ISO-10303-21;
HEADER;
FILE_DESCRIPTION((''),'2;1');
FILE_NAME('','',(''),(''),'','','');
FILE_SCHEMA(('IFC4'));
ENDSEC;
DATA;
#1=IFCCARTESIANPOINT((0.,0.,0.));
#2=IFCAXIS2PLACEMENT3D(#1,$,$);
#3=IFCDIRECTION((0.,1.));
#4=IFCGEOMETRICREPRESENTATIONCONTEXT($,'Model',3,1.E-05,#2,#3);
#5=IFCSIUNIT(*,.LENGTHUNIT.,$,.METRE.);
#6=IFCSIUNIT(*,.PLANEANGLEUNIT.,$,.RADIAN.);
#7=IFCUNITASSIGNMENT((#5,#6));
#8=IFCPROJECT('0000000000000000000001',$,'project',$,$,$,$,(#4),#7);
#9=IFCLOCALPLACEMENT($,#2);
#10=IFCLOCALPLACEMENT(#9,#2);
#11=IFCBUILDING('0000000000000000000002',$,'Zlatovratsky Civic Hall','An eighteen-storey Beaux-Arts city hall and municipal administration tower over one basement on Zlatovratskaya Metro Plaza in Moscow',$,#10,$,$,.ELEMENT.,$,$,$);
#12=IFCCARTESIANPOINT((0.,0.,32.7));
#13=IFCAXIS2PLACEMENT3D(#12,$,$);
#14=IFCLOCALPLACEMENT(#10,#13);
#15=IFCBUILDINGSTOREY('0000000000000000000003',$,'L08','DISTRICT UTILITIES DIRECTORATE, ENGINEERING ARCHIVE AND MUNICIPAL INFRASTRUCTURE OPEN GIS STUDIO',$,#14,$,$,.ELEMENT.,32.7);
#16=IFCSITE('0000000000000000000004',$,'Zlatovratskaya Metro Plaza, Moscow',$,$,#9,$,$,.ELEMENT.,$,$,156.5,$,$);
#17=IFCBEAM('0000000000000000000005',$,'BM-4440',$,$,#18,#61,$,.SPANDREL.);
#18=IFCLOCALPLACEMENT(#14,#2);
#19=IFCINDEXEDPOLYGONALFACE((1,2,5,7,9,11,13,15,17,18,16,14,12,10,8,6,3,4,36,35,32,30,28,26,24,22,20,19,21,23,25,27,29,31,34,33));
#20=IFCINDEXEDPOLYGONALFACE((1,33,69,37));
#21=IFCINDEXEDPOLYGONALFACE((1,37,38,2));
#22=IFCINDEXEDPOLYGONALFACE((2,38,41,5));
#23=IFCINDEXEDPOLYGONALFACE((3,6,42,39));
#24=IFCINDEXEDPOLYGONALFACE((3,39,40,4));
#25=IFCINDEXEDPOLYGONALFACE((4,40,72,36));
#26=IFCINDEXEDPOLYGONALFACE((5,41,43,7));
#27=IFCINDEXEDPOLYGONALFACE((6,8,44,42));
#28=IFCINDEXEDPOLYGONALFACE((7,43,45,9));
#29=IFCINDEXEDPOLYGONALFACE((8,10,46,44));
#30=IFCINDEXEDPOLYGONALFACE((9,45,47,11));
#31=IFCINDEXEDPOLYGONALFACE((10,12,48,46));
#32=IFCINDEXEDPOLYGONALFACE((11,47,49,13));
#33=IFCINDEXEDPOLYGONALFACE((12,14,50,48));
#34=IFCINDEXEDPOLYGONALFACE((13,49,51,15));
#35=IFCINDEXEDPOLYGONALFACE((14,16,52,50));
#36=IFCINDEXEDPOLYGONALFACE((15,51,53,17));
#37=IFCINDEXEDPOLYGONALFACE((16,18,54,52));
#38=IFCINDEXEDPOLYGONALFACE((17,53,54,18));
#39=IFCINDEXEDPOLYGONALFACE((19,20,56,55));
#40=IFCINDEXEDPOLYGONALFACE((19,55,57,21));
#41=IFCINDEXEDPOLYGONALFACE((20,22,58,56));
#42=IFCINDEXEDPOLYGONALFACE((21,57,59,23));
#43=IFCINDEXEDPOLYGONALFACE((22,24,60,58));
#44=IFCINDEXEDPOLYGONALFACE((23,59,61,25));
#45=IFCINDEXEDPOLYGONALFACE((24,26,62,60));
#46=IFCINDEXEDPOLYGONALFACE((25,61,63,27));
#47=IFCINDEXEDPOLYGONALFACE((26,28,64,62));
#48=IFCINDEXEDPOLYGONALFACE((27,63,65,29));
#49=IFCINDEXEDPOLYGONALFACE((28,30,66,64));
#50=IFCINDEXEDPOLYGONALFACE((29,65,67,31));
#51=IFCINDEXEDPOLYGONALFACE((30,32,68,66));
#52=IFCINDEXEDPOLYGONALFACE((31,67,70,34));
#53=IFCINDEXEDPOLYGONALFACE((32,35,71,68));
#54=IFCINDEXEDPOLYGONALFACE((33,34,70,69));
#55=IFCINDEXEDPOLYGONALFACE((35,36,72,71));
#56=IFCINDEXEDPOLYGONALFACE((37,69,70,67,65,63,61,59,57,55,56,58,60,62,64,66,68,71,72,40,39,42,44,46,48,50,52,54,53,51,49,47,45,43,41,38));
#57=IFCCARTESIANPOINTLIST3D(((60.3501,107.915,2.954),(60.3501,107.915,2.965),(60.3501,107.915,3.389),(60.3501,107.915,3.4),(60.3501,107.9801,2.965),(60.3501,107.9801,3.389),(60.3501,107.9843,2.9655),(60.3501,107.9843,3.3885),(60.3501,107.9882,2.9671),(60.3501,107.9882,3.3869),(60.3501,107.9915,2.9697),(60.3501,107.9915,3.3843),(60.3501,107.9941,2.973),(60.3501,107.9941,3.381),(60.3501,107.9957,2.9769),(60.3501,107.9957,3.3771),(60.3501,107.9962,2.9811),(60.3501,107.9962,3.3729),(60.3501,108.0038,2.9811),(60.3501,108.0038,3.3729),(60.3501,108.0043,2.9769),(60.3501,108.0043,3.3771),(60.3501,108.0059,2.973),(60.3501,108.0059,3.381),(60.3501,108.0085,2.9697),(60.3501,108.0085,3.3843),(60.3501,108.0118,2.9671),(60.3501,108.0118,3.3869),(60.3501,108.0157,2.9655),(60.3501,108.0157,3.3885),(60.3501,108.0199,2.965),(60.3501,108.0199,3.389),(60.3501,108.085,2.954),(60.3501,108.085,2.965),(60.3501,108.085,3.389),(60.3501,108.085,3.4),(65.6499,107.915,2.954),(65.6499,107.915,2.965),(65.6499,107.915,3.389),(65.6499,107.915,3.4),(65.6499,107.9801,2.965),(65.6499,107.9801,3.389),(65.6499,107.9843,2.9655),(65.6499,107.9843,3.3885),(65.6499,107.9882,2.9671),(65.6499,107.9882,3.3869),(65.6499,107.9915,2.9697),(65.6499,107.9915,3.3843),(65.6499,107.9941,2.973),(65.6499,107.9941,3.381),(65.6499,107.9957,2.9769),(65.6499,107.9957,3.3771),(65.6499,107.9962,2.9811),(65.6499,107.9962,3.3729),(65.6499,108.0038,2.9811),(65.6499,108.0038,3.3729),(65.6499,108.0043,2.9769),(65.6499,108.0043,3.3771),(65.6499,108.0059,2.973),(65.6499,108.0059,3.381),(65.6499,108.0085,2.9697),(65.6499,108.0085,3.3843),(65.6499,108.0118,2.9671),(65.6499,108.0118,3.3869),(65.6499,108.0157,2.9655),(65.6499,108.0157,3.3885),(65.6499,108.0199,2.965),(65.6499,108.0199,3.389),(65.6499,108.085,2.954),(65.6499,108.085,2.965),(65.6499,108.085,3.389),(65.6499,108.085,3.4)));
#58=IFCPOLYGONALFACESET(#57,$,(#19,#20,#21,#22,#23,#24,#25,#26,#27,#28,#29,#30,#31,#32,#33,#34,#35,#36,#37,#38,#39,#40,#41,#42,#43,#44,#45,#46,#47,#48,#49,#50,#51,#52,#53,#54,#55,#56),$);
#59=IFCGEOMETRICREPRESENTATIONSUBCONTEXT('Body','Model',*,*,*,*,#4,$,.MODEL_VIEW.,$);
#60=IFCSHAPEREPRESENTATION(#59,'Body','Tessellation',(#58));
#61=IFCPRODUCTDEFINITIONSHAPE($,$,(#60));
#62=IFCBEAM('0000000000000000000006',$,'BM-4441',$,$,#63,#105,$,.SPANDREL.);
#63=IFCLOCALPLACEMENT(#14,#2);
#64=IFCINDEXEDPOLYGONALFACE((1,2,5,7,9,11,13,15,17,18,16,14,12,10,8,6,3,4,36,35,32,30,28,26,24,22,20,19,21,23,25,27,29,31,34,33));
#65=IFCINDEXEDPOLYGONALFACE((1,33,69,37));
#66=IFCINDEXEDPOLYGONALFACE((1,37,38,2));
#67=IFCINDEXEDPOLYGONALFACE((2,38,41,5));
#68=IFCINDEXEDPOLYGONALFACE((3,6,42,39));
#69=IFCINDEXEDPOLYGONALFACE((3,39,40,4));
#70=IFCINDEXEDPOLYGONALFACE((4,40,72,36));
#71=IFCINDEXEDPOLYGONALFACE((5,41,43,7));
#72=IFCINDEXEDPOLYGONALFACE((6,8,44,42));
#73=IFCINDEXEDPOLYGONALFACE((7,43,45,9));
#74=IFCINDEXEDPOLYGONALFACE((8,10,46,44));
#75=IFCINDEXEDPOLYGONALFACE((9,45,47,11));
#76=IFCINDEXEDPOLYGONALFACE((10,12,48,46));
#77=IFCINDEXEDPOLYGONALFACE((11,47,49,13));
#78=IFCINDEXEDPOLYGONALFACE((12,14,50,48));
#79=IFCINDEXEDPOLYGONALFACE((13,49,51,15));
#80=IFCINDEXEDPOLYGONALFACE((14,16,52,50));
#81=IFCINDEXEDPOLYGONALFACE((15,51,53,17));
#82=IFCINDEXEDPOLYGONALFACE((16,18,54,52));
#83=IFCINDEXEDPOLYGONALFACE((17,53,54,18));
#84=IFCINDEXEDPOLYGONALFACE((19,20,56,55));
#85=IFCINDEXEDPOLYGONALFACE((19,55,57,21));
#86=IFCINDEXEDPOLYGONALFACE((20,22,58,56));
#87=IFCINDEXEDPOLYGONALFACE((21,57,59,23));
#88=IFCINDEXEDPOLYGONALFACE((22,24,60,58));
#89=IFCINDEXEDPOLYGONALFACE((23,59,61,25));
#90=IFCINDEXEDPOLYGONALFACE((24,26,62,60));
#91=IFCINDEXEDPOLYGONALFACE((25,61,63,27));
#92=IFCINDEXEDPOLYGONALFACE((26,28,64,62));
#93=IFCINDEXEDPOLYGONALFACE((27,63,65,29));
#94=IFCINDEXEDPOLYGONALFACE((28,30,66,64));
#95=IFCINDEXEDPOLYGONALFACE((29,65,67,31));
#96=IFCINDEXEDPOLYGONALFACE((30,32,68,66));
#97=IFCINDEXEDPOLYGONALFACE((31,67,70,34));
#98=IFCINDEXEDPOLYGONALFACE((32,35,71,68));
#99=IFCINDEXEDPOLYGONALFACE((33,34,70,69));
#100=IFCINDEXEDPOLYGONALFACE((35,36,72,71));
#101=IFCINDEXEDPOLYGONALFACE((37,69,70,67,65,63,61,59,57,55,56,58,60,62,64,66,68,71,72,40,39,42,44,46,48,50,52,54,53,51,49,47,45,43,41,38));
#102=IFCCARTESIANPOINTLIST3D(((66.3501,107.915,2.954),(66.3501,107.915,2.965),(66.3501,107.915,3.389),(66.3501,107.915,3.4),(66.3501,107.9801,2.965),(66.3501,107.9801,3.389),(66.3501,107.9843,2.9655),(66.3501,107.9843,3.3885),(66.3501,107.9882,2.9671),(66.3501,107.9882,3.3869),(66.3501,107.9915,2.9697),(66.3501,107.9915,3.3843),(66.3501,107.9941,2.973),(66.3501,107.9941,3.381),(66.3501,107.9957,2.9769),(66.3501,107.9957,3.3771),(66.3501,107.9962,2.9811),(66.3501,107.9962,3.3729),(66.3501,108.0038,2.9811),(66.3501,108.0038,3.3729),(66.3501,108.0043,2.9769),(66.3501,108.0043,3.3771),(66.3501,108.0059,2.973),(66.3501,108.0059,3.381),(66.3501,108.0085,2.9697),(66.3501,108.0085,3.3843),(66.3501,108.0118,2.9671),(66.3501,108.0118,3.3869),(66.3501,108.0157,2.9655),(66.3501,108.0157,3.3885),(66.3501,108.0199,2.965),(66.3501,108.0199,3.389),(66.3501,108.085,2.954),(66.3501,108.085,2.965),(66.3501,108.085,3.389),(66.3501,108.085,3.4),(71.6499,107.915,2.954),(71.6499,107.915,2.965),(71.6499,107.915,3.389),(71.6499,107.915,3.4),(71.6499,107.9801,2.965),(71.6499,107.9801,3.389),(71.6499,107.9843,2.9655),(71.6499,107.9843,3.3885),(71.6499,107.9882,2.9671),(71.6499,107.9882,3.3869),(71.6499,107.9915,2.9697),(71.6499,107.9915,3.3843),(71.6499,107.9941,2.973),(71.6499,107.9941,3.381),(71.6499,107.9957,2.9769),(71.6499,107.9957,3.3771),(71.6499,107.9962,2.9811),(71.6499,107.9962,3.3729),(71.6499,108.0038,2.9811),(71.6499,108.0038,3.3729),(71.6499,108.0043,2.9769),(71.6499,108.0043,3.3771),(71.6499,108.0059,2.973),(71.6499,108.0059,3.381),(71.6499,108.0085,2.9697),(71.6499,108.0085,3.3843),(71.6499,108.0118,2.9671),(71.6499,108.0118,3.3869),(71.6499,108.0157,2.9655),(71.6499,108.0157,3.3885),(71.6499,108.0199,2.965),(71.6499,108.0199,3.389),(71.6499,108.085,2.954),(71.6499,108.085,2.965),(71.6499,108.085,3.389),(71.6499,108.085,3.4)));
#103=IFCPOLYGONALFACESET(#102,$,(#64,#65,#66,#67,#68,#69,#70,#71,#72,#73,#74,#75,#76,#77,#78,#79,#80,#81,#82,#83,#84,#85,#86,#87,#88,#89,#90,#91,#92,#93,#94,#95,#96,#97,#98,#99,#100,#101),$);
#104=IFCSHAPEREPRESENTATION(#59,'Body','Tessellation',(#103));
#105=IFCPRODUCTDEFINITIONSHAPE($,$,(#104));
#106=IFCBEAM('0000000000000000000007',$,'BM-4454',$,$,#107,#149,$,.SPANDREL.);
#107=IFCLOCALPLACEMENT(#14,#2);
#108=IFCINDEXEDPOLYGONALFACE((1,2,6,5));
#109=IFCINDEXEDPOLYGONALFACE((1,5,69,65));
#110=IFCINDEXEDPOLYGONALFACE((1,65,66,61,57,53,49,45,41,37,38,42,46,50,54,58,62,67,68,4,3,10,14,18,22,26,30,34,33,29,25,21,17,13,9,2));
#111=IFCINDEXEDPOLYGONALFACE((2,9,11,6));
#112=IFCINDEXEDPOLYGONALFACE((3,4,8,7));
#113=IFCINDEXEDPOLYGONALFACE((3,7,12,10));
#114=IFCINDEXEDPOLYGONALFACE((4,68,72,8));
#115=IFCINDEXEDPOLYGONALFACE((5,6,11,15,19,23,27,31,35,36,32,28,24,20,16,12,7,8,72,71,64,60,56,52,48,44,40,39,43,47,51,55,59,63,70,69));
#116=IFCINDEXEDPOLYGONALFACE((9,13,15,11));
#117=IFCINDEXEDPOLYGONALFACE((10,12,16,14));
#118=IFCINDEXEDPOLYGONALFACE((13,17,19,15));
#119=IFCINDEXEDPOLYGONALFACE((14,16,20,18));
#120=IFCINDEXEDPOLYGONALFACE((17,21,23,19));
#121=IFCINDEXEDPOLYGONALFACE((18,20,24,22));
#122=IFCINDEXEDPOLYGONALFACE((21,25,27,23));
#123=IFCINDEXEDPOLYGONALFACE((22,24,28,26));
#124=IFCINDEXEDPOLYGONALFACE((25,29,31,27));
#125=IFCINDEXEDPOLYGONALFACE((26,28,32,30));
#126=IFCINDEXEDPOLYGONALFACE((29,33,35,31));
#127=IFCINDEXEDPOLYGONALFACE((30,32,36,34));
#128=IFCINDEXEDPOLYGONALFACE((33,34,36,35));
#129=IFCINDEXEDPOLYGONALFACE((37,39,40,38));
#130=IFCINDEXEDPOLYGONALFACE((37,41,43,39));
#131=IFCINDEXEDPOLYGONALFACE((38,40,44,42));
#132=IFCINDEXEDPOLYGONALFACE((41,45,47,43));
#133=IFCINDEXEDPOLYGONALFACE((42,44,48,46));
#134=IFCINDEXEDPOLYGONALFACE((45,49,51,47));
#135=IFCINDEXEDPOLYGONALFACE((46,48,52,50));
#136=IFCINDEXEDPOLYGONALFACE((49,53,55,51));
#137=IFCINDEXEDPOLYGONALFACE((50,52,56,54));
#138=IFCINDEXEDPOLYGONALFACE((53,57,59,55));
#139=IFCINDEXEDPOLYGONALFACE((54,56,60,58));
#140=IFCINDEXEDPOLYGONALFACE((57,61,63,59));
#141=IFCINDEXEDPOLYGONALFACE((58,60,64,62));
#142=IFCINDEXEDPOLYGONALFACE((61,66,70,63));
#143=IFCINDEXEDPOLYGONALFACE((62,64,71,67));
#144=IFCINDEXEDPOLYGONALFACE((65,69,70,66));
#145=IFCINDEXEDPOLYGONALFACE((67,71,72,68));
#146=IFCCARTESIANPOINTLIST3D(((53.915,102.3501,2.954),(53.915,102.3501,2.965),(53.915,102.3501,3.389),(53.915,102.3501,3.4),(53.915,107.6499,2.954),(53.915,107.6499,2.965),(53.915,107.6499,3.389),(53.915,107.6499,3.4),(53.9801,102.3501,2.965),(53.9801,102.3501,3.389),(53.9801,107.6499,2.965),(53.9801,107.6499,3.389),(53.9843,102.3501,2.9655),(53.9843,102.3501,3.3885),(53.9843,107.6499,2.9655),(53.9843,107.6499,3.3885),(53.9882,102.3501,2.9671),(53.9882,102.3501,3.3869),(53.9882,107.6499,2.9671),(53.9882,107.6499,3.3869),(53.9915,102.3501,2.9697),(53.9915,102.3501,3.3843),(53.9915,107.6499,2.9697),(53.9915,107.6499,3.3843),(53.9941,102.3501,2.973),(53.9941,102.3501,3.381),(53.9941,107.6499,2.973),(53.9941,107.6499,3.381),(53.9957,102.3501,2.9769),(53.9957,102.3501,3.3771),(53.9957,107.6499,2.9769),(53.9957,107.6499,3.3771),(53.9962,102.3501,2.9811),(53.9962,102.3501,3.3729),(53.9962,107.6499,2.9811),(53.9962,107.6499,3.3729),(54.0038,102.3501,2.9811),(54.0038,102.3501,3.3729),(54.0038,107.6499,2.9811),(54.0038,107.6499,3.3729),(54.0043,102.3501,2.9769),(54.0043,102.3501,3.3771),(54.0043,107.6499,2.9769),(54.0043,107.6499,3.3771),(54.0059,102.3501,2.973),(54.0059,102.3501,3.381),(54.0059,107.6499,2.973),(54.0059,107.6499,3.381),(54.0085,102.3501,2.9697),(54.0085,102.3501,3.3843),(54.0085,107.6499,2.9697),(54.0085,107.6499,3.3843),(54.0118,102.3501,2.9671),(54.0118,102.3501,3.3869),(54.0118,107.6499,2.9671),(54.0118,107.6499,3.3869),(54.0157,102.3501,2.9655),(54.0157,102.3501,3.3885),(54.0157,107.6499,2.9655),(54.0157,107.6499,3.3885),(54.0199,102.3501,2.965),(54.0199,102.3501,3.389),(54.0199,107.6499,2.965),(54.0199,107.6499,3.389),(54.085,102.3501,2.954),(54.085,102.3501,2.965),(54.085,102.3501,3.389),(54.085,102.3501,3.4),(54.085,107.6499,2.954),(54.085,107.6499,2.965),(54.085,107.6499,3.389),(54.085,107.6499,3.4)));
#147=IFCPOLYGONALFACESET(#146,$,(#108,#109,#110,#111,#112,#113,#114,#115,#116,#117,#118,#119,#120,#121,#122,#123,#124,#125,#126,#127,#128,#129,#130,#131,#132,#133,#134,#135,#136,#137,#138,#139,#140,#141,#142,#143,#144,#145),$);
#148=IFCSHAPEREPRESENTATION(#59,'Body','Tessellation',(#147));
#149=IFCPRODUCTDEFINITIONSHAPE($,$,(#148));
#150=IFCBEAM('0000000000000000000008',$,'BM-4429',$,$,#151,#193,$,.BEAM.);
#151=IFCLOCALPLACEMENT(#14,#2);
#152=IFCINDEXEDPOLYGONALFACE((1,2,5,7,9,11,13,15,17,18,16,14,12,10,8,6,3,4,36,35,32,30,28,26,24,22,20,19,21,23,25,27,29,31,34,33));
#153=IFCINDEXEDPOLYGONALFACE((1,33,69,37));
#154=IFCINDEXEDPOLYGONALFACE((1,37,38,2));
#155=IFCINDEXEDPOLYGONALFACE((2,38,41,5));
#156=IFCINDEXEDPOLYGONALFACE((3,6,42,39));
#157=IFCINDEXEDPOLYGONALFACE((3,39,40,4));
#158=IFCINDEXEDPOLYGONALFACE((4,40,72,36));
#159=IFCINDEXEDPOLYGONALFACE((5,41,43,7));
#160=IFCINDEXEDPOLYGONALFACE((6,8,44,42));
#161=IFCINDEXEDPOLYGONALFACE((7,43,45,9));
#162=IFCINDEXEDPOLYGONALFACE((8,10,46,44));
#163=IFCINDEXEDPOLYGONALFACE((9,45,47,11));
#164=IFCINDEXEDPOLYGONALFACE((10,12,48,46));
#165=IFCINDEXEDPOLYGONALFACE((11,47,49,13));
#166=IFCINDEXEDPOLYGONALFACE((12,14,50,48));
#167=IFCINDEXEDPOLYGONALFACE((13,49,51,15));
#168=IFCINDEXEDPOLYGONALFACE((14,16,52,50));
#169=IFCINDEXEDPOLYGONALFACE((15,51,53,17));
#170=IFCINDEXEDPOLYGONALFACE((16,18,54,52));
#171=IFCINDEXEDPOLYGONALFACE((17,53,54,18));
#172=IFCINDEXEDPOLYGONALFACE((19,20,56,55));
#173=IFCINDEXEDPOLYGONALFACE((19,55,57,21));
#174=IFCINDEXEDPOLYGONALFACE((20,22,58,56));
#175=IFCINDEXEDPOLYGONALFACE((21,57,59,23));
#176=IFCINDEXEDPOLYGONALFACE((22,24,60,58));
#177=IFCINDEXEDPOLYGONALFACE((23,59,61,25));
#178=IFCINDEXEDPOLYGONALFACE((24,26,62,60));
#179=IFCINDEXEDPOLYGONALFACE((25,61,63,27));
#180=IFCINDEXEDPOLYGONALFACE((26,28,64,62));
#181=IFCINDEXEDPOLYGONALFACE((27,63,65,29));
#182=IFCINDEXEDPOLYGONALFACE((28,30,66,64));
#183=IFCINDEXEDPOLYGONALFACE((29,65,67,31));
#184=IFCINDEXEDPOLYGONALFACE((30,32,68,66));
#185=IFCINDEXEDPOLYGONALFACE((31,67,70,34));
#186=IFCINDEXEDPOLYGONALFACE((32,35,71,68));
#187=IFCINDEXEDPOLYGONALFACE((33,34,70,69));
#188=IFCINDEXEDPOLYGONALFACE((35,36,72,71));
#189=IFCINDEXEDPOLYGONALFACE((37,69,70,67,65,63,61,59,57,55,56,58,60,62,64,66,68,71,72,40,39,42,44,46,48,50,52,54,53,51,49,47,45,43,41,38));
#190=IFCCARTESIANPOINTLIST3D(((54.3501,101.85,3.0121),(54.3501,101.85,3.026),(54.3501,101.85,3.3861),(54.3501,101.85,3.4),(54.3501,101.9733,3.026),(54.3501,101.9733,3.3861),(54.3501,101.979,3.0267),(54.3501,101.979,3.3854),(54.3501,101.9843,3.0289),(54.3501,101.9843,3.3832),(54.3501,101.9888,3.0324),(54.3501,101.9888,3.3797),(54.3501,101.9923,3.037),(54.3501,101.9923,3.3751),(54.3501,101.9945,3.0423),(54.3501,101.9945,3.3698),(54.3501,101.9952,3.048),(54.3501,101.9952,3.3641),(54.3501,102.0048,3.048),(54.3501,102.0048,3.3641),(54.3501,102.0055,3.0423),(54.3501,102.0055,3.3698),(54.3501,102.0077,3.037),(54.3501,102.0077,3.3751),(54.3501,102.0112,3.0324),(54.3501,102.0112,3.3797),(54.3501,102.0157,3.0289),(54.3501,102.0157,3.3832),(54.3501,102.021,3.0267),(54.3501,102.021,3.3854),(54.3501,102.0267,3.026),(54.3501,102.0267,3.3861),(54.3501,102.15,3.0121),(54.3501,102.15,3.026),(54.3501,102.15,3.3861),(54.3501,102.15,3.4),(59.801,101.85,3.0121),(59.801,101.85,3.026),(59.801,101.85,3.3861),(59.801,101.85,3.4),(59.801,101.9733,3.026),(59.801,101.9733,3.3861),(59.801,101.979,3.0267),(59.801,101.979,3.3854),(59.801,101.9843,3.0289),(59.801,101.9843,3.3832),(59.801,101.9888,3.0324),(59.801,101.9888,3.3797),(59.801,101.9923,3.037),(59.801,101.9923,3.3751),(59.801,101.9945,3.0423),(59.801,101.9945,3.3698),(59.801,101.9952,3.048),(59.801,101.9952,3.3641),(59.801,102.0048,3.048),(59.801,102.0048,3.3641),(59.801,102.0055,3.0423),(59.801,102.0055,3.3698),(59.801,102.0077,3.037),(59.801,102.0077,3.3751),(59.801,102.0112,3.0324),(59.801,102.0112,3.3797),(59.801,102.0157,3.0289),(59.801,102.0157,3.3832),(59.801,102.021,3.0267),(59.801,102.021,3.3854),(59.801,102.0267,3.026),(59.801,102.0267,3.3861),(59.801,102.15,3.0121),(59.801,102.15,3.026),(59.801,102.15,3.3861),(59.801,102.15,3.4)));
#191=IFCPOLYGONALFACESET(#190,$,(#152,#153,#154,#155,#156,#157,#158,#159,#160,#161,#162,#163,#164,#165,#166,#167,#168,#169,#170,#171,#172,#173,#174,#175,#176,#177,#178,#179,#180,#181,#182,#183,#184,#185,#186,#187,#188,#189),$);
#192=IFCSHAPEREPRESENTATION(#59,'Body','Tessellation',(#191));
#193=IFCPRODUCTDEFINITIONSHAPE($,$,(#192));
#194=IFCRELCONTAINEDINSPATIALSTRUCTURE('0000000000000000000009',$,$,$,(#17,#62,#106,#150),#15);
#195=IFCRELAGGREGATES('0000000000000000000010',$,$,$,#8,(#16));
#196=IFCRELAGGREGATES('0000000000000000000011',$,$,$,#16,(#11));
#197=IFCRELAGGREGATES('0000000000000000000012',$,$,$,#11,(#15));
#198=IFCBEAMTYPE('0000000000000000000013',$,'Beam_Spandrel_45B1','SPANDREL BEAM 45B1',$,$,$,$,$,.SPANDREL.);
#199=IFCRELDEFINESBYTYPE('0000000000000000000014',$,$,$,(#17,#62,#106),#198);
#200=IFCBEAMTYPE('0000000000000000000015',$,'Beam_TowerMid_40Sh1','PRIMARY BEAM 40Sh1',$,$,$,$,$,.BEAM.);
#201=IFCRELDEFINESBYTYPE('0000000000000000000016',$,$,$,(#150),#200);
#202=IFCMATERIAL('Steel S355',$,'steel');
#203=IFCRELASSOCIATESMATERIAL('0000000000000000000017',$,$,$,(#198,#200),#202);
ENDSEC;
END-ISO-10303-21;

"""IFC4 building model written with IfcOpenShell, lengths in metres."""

from ifc_helpers import new_model, si_unit, direction, frame, origin, origin_2d, place, context, subcontext, project, spatial, i_section, extrude, material, material_profile, profile_set, type_object, element, save


model = new_model("IFC4")

# Units and contexts
model_context = context("Model", 3, precision=1e-05, world=origin(), true_north=direction((0.0, 1.0)))
body_context = subcontext(model_context, "Body", "Model", "MODEL_VIEW")
ifc_project = project(units=[si_unit("LENGTHUNIT", "METRE"), si_unit("PLANEANGLEUNIT", "RADIAN")], contexts=[model_context])

# Site, building, storey
site_placement = place(None, origin())
site = spatial("IfcSite", under=ifc_project, at=site_placement, Name="Zlatovratskaya Metro Plaza, Moscow", CompositionType="ELEMENT", RefElevation=156.5)
building_placement = place(site_placement, origin())
building = spatial("IfcBuilding", under=site, at=building_placement, Name="Zlatovratsky Civic Hall", Description="An eighteen-storey Beaux-Arts city hall and municipal administration tower over one basement on Zlatovratskaya Metro Plaza in Moscow", CompositionType="ELEMENT")
storey_placement = place(building_placement, frame((0.0, 0.0, 32.7)))
storey = spatial("IfcBuildingStorey", under=building, at=storey_placement, Name="L08", Description="DISTRICT UTILITIES DIRECTORATE, ENGINEERING ARCHIVE AND MUNICIPAL INFRASTRUCTURE OPEN GIS STUDIO", CompositionType="ELEMENT", Elevation=32.7)

# Shared definitions
ifc_material_1 = material(Name="Steel S355", Category="steel")

# Beams
ifc_material_profile_1 = material_profile(ifc_material_1, i_section(OverallWidth=0.1699, OverallDepth=0.446, WebThickness=0.0076, FlangeThickness=0.011, FilletRadius=0.0161, at=origin_2d()), Name="45B1")
ifc_profile_set_1 = profile_set([ifc_material_profile_1], Name="Steel S355")
beam_type_1 = type_object("IfcBeamType", Name="Beam_Spandrel_45B1", Description="SPANDREL BEAM 45B1", PredefinedType="SPANDREL", material=ifc_profile_set_1)
for number, where, z_axis, x_axis, name in (
    (1, (60.3501, 108.0, 3.177), (1.0, 0.0, 0.0), (0.0, 1.0, 0.0), "BM-4440"),
    (2, (66.3501, 108.0, 3.177), (1.0, 0.0, 0.0), (0.0, 1.0, 0.0), "BM-4441"),
    (3, (54.0, 102.3501, 3.177), (0.0, 1.0, 0.0), (-1.0, 0.0, 0.0), "BM-4454"),
):
    element("IfcBeam", number, at=place(storey_placement, frame(where, z_axis=z_axis, x_axis=x_axis)), inside=storey, type_object=beam_type_1, Name=name, PredefinedType="SPANDREL", context=body_context, shape_type="SweptSolid", body=[
        extrude(i_section(OverallWidth=0.1699, OverallDepth=0.446, WebThickness=0.0076, FlangeThickness=0.011, FilletRadius=0.0161, at=origin_2d()), origin(), (0.0, 0.0, 1.0), 5.2998),
    ])
ifc_material_profile_2 = material_profile(ifc_material_1, i_section(OverallWidth=0.3, OverallDepth=0.3879, WebThickness=0.0095, FlangeThickness=0.0139, FilletRadius=0.022, at=origin_2d()), Name="40Sh1")
ifc_profile_set_2 = profile_set([ifc_material_profile_2], Name="Steel S355")
beam_type_2 = type_object("IfcBeamType", Name="Beam_TowerMid_40Sh1", Description="PRIMARY BEAM 40Sh1", PredefinedType="BEAM", material=ifc_profile_set_2)
beam_placement = place(storey_placement, frame((54.3501, 102.0, 3.2061), z_axis=(1.0, 0.0, 0.0), x_axis=(0.0, 1.0, 0.0)))
element("IfcBeam", 4, at=beam_placement, inside=storey, type_object=beam_type_2, Name="BM-4429", PredefinedType="BEAM", context=body_context, shape_type="SweptSolid", body=[
    extrude(i_section(OverallWidth=0.3, OverallDepth=0.3879, WebThickness=0.0095, FlangeThickness=0.0139, FilletRadius=0.022, at=origin_2d()), origin(), (0.0, 0.0, 1.0), 5.4509),
])

save(model, "model.ifc")
